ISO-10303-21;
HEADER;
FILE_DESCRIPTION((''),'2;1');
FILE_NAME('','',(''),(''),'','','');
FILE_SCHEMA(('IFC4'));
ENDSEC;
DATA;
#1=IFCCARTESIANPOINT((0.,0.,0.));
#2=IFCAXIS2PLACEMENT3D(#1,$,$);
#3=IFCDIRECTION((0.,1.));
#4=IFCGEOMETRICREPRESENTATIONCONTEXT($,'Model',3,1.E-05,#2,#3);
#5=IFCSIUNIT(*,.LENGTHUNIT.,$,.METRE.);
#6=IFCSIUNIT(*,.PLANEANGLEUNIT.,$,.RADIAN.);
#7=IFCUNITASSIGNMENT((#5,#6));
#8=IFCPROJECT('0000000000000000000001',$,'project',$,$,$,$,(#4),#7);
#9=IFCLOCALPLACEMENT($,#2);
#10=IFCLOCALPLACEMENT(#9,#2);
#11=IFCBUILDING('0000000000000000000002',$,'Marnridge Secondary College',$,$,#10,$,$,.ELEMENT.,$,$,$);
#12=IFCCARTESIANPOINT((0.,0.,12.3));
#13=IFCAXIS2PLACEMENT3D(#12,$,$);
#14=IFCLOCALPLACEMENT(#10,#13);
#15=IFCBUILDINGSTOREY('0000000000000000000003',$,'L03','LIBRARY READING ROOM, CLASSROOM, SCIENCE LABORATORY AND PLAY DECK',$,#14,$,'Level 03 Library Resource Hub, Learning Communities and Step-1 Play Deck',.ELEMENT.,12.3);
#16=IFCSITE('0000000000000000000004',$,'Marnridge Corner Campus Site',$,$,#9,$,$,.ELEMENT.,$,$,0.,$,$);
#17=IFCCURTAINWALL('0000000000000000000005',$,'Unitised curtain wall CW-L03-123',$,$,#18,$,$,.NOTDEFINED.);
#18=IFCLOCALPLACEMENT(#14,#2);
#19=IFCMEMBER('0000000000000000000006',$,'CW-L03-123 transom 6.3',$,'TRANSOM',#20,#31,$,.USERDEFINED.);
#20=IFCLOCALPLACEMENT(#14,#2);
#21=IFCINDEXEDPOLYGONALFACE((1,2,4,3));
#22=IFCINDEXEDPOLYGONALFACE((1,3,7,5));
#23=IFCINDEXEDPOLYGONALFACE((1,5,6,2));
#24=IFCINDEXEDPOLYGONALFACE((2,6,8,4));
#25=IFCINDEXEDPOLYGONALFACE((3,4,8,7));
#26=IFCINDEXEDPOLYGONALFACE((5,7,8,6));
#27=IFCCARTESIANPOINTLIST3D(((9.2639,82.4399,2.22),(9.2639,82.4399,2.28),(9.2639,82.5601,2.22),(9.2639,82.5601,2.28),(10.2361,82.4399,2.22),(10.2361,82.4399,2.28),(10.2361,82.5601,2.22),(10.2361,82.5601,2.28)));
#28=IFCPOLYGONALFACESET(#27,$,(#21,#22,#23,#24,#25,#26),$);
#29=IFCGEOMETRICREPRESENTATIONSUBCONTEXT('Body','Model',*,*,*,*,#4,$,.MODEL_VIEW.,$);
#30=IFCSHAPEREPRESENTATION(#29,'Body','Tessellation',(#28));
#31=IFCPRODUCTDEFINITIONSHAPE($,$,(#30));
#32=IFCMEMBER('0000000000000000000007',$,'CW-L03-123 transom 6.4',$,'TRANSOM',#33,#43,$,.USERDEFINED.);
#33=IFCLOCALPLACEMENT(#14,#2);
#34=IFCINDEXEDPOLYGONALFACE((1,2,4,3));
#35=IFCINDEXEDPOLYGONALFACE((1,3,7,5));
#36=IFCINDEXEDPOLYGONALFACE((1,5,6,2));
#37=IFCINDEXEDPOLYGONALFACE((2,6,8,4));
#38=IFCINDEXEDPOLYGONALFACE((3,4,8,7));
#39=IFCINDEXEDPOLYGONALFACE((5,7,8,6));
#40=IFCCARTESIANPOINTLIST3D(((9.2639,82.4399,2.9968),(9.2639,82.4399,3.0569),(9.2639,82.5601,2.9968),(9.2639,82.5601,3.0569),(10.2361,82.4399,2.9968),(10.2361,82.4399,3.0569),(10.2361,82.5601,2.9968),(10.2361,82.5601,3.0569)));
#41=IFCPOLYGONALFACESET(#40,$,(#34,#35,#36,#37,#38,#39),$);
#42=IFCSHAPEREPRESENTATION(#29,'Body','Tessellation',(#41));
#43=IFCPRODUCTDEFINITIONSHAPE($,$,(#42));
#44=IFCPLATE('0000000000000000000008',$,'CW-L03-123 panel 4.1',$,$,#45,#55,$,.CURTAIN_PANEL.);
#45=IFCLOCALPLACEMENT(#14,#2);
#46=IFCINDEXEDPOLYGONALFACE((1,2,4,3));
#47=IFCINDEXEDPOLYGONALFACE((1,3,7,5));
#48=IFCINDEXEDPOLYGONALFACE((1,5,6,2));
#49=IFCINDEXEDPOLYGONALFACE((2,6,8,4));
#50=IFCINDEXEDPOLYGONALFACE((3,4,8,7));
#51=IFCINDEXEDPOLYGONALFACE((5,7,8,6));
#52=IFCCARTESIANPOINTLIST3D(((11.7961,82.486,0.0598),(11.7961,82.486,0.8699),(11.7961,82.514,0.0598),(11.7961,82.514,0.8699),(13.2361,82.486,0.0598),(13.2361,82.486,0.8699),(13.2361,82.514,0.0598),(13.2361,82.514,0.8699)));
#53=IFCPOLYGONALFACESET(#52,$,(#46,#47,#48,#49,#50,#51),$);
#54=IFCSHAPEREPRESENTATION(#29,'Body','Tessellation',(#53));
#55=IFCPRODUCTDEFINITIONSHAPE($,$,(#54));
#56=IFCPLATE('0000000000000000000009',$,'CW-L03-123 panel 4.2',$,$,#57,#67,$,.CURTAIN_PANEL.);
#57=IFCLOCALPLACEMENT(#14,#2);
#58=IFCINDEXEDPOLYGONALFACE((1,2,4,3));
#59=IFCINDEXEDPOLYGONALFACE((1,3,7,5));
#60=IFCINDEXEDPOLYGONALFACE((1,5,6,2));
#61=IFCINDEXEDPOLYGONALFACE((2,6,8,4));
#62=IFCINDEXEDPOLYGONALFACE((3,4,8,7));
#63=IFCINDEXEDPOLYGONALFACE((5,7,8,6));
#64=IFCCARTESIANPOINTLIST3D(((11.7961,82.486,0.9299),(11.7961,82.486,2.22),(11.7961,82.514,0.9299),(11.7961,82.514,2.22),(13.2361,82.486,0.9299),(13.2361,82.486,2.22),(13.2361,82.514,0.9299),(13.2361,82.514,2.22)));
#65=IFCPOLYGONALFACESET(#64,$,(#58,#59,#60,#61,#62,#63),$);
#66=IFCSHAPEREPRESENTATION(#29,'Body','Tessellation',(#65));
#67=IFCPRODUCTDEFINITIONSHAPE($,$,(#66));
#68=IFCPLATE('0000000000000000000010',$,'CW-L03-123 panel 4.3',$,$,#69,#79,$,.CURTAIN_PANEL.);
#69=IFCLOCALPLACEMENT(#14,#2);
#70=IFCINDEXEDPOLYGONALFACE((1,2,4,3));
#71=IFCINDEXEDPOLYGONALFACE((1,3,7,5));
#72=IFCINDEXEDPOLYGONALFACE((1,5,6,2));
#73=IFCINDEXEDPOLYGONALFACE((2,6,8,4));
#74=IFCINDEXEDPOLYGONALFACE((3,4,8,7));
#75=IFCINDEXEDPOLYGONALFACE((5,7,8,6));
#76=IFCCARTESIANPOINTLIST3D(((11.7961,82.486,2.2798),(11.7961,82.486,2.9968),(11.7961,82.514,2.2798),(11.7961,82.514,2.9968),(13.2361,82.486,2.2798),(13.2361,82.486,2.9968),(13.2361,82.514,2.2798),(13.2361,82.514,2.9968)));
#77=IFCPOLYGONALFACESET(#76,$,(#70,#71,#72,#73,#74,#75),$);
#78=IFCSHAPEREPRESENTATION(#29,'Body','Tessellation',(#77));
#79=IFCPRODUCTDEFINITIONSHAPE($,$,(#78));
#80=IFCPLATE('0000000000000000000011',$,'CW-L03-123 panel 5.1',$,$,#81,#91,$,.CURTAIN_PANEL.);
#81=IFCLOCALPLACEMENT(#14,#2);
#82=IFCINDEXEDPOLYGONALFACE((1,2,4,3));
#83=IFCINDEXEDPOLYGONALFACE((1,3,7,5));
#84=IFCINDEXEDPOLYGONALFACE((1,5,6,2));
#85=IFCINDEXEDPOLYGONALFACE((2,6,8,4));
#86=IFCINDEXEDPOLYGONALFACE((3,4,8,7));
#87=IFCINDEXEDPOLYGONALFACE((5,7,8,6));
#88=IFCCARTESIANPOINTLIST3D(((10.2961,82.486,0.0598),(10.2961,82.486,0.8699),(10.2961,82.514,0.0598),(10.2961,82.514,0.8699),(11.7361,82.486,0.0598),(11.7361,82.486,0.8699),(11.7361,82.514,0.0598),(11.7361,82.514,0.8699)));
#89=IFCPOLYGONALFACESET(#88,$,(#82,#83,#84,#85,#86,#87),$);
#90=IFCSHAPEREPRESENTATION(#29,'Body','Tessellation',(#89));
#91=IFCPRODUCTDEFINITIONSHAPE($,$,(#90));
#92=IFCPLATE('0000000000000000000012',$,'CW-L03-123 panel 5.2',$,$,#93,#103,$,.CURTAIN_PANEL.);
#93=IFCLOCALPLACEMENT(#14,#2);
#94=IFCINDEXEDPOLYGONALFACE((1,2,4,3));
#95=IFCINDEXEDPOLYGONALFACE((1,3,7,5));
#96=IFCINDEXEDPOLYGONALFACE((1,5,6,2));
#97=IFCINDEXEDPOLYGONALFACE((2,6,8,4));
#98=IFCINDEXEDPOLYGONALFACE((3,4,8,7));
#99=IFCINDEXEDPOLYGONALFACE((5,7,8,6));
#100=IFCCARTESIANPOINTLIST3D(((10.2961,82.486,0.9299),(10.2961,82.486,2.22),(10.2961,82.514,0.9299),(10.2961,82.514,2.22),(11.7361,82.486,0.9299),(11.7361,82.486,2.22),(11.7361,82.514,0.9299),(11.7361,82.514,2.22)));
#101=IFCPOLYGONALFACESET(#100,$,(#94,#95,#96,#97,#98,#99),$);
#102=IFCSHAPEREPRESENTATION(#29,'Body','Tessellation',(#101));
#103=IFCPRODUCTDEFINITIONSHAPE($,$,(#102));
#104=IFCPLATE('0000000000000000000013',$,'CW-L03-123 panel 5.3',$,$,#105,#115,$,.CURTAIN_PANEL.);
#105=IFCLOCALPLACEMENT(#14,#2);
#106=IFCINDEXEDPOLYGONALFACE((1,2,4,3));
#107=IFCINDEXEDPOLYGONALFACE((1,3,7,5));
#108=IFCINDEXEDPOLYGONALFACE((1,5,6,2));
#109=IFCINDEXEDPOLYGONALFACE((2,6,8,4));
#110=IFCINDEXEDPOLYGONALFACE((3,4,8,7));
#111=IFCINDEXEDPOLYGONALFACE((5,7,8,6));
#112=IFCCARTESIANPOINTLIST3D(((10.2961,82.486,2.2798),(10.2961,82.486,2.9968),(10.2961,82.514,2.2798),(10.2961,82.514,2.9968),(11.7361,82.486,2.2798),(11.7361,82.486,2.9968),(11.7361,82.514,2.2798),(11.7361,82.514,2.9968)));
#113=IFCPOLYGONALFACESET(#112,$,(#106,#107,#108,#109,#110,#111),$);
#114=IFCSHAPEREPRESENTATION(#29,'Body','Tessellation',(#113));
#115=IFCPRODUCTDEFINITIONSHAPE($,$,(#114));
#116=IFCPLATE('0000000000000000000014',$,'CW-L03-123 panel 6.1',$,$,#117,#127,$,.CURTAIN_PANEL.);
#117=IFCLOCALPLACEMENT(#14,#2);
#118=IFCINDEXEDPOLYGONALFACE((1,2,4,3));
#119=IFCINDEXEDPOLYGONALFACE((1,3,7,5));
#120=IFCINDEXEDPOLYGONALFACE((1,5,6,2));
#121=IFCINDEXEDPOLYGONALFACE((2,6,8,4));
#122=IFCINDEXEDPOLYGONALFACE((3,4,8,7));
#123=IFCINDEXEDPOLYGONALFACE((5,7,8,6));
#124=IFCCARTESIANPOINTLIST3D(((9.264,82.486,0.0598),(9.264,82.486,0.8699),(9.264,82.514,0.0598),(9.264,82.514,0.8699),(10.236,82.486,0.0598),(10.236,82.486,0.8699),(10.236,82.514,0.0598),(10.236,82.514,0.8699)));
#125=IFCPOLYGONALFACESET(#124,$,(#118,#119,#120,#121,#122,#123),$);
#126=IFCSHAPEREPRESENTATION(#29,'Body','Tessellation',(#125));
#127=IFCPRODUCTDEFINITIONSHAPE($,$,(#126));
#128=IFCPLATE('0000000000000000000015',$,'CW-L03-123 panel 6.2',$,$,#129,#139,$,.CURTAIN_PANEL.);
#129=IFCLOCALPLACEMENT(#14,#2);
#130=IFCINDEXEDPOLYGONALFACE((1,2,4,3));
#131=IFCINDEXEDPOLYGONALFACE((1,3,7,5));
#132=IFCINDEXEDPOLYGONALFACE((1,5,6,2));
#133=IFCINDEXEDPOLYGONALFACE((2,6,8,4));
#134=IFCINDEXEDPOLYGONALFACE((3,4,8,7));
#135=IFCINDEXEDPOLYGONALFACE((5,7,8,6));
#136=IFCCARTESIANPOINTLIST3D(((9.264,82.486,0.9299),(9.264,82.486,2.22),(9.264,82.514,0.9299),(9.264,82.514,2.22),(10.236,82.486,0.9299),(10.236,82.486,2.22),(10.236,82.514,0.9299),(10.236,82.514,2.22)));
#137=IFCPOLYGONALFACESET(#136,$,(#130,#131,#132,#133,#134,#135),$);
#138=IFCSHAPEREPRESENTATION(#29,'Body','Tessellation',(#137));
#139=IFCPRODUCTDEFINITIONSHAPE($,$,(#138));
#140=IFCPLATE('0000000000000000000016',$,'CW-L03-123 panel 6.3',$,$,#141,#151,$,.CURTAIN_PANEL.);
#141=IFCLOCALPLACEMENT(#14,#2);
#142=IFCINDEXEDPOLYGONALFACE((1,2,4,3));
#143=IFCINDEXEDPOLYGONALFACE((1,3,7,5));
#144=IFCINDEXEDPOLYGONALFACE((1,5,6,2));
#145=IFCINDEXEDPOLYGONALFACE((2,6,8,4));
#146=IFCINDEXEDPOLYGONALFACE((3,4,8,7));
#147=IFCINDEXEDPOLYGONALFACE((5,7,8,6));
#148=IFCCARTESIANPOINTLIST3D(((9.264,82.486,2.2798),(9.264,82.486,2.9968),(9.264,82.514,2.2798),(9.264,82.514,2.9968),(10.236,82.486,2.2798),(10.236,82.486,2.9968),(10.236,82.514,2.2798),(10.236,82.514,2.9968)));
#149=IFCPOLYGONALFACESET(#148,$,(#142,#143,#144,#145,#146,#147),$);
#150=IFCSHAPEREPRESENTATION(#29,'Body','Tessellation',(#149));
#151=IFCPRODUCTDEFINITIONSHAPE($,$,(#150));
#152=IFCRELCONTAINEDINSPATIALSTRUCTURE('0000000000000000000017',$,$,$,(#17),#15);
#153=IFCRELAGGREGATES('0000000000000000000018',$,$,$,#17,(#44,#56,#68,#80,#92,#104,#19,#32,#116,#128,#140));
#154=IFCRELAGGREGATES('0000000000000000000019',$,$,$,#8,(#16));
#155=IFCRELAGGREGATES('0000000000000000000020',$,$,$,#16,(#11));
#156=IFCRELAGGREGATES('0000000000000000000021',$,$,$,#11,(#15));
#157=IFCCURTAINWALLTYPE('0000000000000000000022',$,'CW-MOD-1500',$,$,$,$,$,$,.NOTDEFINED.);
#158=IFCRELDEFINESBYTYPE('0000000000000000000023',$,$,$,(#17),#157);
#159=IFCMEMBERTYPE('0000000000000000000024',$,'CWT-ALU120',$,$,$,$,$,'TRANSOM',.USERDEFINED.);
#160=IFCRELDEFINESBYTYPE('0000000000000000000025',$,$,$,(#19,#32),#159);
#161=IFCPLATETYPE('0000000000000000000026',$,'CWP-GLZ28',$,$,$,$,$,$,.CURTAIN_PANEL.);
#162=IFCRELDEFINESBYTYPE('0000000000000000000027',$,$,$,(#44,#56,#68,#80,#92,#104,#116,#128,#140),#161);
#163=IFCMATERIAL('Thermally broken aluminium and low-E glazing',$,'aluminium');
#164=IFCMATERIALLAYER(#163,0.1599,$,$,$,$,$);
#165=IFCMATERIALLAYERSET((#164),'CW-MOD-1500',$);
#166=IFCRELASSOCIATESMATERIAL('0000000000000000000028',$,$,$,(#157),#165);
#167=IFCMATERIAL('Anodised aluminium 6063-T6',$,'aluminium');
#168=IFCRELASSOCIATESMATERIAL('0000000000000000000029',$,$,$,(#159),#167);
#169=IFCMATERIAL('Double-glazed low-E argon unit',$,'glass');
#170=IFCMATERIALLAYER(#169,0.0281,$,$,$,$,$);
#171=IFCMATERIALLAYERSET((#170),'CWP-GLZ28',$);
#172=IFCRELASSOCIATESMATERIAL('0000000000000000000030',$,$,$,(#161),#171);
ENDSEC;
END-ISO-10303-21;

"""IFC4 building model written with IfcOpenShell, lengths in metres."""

from ifc_helpers import new_model, si_unit, direction, frame, origin, origin_2d, place, context, subcontext, project, spatial, rectangle, extrude, material, layer, layer_set, material_profile, profile_set, type_object, element, aggregate, save


model = new_model("IFC4")

# Units and contexts
model_context = context("Model", 3, precision=1e-05, world=origin(), true_north=direction((0.0, 1.0)))
body_context = subcontext(model_context, "Body", "Model", "MODEL_VIEW")
ifc_project = project(units=[si_unit("LENGTHUNIT", "METRE"), si_unit("PLANEANGLEUNIT", "RADIAN")], contexts=[model_context])

# Site, building, storey
site_placement = place(None, origin())
site = spatial("IfcSite", under=ifc_project, at=site_placement, Name="Marnridge Corner Campus Site", CompositionType="ELEMENT", RefElevation=0.0)
building_placement = place(site_placement, origin())
building = spatial("IfcBuilding", under=site, at=building_placement, Name="Marnridge Secondary College", CompositionType="ELEMENT")
storey_placement = place(building_placement, frame((0.0, 0.0, 12.3)))
storey = spatial("IfcBuildingStorey", under=building, at=storey_placement, Name="L03", Description="LIBRARY READING ROOM, CLASSROOM, SCIENCE LABORATORY AND PLAY DECK", LongName="Level 03 Library Resource Hub, Learning Communities and Step-1 Play Deck", CompositionType="ELEMENT", Elevation=12.3)

# Curtain wall, members, plates
ifc_material_1 = material(Name="Thermally broken aluminium and low-E glazing", Category="aluminium")
ifc_layer_1 = layer(ifc_material_1, 0.1599)
ifc_layer_set_1 = layer_set([ifc_layer_1], Name="CW-MOD-1500")
curtain_wall_type = type_object("IfcCurtainWallType", Name="CW-MOD-1500", PredefinedType="NOTDEFINED", material=ifc_layer_set_1)
curtain_wall_placement = place(storey_placement, origin())
curtain_wall = element("IfcCurtainWall", 1, at=curtain_wall_placement, inside=storey, type_object=curtain_wall_type, Name="Unitised curtain wall CW-L03-123", PredefinedType="NOTDEFINED")
ifc_material_2 = material(Name="Anodised aluminium 6063-T6", Category="aluminium")
ifc_material_profile_1 = material_profile(ifc_material_2, rectangle(XDim=0.0601, YDim=0.1201, at=origin_2d()), Name="ALU 60x120")
ifc_profile_set_1 = profile_set([ifc_material_profile_1], Name="Anodised aluminium 6063-T6")
member_type_1 = type_object("IfcMemberType", Name="CWT-ALU120", ElementType="TRANSOM", PredefinedType="USERDEFINED", material=ifc_profile_set_1)
member_1_placement = place(storey_placement, frame((10.2361, 82.5, 2.25), z_axis=(-1.0, 0.0, 0.0), x_axis=(0.0, 0.0, 1.0)))
member_1 = element("IfcMember", 2, at=member_1_placement, type_object=member_type_1, Name="CW-L03-123 transom 6.3", ObjectType="TRANSOM", PredefinedType="USERDEFINED", context=body_context, shape_type="SweptSolid", body=[
    extrude(rectangle(XDim=0.0601, YDim=0.1201, at=origin_2d()), origin(), (0.0, 0.0, 1.0), 0.9722),
])
member_2_placement = place(storey_placement, frame((10.2361, 82.5, 3.0269), z_axis=(-1.0, 0.0, 0.0), x_axis=(0.0, 0.0, 1.0)))
member_2 = element("IfcMember", 3, at=member_2_placement, type_object=member_type_1, Name="CW-L03-123 transom 6.4", ObjectType="TRANSOM", PredefinedType="USERDEFINED", context=body_context, shape_type="SweptSolid", body=[
    extrude(rectangle(XDim=0.0601, YDim=0.1201, at=origin_2d()), origin(), (0.0, 0.0, 1.0), 0.9722),
])
ifc_material_3 = material(Name="Double-glazed low-E argon unit", Category="glass")
ifc_layer_2 = layer(ifc_material_3, 0.0281)
ifc_layer_set_2 = layer_set([ifc_layer_2], Name="CWP-GLZ28")
plate_type = type_object("IfcPlateType", Name="CWP-GLZ28", PredefinedType="CURTAIN_PANEL", material=ifc_layer_set_2)
plate_1_placement = place(storey_placement, frame((12.5161, 82.5, 0.0598), z_axis=(0.0, 0.0, 1.0), x_axis=(-1.0, 0.0, 0.0)))
plate_1 = element("IfcPlate", 4, at=plate_1_placement, type_object=plate_type, Name="CW-L03-123 panel 4.1", PredefinedType="CURTAIN_PANEL", context=body_context, shape_type="SweptSolid", body=[
    extrude(rectangle(XDim=1.4399, YDim=0.0281, at=origin_2d()), origin(), (0.0, 0.0, 1.0), 0.8101),
])
plate_2_placement = place(storey_placement, frame((12.5161, 82.5, 0.9299), z_axis=(0.0, 0.0, 1.0), x_axis=(-1.0, 0.0, 0.0)))
plate_2 = element("IfcPlate", 5, at=plate_2_placement, type_object=plate_type, Name="CW-L03-123 panel 4.2", PredefinedType="CURTAIN_PANEL", context=body_context, shape_type="SweptSolid", body=[
    extrude(rectangle(XDim=1.4399, YDim=0.0281, at=origin_2d()), origin(), (0.0, 0.0, 1.0), 1.29),
])
plate_3_placement = place(storey_placement, frame((12.5161, 82.5, 2.2798), z_axis=(0.0, 0.0, 1.0), x_axis=(-1.0, 0.0, 0.0)))
plate_3 = element("IfcPlate", 6, at=plate_3_placement, type_object=plate_type, Name="CW-L03-123 panel 4.3", PredefinedType="CURTAIN_PANEL", context=body_context, shape_type="SweptSolid", body=[
    extrude(rectangle(XDim=1.4399, YDim=0.0281, at=origin_2d()), origin(), (0.0, 0.0, 1.0), 0.717),
])
plate_4_placement = place(storey_placement, frame((11.0161, 82.5, 0.0598), z_axis=(0.0, 0.0, 1.0), x_axis=(-1.0, 0.0, 0.0)))
plate_4 = element("IfcPlate", 7, at=plate_4_placement, type_object=plate_type, Name="CW-L03-123 panel 5.1", PredefinedType="CURTAIN_PANEL", context=body_context, shape_type="SweptSolid", body=[
    extrude(rectangle(XDim=1.4399, YDim=0.0281, at=origin_2d()), origin(), (0.0, 0.0, 1.0), 0.8101),
])
plate_5_placement = place(storey_placement, frame((11.0161, 82.5, 0.9299), z_axis=(0.0, 0.0, 1.0), x_axis=(-1.0, 0.0, 0.0)))
plate_5 = element("IfcPlate", 8, at=plate_5_placement, type_object=plate_type, Name="CW-L03-123 panel 5.2", PredefinedType="CURTAIN_PANEL", context=body_context, shape_type="SweptSolid", body=[
    extrude(rectangle(XDim=1.4399, YDim=0.0281, at=origin_2d()), origin(), (0.0, 0.0, 1.0), 1.29),
])
plate_6_placement = place(storey_placement, frame((11.0161, 82.5, 2.2798), z_axis=(0.0, 0.0, 1.0), x_axis=(-1.0, 0.0, 0.0)))
plate_6 = element("IfcPlate", 9, at=plate_6_placement, type_object=plate_type, Name="CW-L03-123 panel 5.3", PredefinedType="CURTAIN_PANEL", context=body_context, shape_type="SweptSolid", body=[
    extrude(rectangle(XDim=1.4399, YDim=0.0281, at=origin_2d()), origin(), (0.0, 0.0, 1.0), 0.717),
])
plate_7_placement = place(storey_placement, frame((9.75, 82.5, 0.0598), z_axis=(0.0, 0.0, 1.0), x_axis=(-1.0, 0.0, 0.0)))
plate_7 = element("IfcPlate", 10, at=plate_7_placement, type_object=plate_type, Name="CW-L03-123 panel 6.1", PredefinedType="CURTAIN_PANEL", context=body_context, shape_type="SweptSolid", body=[
    extrude(rectangle(XDim=0.9719, YDim=0.0281, at=origin_2d()), origin(), (0.0, 0.0, 1.0), 0.8101),
])
plate_8_placement = place(storey_placement, frame((9.75, 82.5, 0.9299), z_axis=(0.0, 0.0, 1.0), x_axis=(-1.0, 0.0, 0.0)))
plate_8 = element("IfcPlate", 11, at=plate_8_placement, type_object=plate_type, Name="CW-L03-123 panel 6.2", PredefinedType="CURTAIN_PANEL", context=body_context, shape_type="SweptSolid", body=[
    extrude(rectangle(XDim=0.9719, YDim=0.0281, at=origin_2d()), origin(), (0.0, 0.0, 1.0), 1.29),
])
plate_9_placement = place(storey_placement, frame((9.75, 82.5, 2.2798), z_axis=(0.0, 0.0, 1.0), x_axis=(-1.0, 0.0, 0.0)))
plate_9 = element("IfcPlate", 12, at=plate_9_placement, type_object=plate_type, Name="CW-L03-123 panel 6.3", PredefinedType="CURTAIN_PANEL", context=body_context, shape_type="SweptSolid", body=[
    extrude(rectangle(XDim=0.9719, YDim=0.0281, at=origin_2d()), origin(), (0.0, 0.0, 1.0), 0.717),
])
aggregate(curtain_wall, [plate_1, plate_2, plate_3, plate_4, plate_5, plate_6, member_1, member_2, plate_7, plate_8, plate_9])

save(model, "model.ifc")
